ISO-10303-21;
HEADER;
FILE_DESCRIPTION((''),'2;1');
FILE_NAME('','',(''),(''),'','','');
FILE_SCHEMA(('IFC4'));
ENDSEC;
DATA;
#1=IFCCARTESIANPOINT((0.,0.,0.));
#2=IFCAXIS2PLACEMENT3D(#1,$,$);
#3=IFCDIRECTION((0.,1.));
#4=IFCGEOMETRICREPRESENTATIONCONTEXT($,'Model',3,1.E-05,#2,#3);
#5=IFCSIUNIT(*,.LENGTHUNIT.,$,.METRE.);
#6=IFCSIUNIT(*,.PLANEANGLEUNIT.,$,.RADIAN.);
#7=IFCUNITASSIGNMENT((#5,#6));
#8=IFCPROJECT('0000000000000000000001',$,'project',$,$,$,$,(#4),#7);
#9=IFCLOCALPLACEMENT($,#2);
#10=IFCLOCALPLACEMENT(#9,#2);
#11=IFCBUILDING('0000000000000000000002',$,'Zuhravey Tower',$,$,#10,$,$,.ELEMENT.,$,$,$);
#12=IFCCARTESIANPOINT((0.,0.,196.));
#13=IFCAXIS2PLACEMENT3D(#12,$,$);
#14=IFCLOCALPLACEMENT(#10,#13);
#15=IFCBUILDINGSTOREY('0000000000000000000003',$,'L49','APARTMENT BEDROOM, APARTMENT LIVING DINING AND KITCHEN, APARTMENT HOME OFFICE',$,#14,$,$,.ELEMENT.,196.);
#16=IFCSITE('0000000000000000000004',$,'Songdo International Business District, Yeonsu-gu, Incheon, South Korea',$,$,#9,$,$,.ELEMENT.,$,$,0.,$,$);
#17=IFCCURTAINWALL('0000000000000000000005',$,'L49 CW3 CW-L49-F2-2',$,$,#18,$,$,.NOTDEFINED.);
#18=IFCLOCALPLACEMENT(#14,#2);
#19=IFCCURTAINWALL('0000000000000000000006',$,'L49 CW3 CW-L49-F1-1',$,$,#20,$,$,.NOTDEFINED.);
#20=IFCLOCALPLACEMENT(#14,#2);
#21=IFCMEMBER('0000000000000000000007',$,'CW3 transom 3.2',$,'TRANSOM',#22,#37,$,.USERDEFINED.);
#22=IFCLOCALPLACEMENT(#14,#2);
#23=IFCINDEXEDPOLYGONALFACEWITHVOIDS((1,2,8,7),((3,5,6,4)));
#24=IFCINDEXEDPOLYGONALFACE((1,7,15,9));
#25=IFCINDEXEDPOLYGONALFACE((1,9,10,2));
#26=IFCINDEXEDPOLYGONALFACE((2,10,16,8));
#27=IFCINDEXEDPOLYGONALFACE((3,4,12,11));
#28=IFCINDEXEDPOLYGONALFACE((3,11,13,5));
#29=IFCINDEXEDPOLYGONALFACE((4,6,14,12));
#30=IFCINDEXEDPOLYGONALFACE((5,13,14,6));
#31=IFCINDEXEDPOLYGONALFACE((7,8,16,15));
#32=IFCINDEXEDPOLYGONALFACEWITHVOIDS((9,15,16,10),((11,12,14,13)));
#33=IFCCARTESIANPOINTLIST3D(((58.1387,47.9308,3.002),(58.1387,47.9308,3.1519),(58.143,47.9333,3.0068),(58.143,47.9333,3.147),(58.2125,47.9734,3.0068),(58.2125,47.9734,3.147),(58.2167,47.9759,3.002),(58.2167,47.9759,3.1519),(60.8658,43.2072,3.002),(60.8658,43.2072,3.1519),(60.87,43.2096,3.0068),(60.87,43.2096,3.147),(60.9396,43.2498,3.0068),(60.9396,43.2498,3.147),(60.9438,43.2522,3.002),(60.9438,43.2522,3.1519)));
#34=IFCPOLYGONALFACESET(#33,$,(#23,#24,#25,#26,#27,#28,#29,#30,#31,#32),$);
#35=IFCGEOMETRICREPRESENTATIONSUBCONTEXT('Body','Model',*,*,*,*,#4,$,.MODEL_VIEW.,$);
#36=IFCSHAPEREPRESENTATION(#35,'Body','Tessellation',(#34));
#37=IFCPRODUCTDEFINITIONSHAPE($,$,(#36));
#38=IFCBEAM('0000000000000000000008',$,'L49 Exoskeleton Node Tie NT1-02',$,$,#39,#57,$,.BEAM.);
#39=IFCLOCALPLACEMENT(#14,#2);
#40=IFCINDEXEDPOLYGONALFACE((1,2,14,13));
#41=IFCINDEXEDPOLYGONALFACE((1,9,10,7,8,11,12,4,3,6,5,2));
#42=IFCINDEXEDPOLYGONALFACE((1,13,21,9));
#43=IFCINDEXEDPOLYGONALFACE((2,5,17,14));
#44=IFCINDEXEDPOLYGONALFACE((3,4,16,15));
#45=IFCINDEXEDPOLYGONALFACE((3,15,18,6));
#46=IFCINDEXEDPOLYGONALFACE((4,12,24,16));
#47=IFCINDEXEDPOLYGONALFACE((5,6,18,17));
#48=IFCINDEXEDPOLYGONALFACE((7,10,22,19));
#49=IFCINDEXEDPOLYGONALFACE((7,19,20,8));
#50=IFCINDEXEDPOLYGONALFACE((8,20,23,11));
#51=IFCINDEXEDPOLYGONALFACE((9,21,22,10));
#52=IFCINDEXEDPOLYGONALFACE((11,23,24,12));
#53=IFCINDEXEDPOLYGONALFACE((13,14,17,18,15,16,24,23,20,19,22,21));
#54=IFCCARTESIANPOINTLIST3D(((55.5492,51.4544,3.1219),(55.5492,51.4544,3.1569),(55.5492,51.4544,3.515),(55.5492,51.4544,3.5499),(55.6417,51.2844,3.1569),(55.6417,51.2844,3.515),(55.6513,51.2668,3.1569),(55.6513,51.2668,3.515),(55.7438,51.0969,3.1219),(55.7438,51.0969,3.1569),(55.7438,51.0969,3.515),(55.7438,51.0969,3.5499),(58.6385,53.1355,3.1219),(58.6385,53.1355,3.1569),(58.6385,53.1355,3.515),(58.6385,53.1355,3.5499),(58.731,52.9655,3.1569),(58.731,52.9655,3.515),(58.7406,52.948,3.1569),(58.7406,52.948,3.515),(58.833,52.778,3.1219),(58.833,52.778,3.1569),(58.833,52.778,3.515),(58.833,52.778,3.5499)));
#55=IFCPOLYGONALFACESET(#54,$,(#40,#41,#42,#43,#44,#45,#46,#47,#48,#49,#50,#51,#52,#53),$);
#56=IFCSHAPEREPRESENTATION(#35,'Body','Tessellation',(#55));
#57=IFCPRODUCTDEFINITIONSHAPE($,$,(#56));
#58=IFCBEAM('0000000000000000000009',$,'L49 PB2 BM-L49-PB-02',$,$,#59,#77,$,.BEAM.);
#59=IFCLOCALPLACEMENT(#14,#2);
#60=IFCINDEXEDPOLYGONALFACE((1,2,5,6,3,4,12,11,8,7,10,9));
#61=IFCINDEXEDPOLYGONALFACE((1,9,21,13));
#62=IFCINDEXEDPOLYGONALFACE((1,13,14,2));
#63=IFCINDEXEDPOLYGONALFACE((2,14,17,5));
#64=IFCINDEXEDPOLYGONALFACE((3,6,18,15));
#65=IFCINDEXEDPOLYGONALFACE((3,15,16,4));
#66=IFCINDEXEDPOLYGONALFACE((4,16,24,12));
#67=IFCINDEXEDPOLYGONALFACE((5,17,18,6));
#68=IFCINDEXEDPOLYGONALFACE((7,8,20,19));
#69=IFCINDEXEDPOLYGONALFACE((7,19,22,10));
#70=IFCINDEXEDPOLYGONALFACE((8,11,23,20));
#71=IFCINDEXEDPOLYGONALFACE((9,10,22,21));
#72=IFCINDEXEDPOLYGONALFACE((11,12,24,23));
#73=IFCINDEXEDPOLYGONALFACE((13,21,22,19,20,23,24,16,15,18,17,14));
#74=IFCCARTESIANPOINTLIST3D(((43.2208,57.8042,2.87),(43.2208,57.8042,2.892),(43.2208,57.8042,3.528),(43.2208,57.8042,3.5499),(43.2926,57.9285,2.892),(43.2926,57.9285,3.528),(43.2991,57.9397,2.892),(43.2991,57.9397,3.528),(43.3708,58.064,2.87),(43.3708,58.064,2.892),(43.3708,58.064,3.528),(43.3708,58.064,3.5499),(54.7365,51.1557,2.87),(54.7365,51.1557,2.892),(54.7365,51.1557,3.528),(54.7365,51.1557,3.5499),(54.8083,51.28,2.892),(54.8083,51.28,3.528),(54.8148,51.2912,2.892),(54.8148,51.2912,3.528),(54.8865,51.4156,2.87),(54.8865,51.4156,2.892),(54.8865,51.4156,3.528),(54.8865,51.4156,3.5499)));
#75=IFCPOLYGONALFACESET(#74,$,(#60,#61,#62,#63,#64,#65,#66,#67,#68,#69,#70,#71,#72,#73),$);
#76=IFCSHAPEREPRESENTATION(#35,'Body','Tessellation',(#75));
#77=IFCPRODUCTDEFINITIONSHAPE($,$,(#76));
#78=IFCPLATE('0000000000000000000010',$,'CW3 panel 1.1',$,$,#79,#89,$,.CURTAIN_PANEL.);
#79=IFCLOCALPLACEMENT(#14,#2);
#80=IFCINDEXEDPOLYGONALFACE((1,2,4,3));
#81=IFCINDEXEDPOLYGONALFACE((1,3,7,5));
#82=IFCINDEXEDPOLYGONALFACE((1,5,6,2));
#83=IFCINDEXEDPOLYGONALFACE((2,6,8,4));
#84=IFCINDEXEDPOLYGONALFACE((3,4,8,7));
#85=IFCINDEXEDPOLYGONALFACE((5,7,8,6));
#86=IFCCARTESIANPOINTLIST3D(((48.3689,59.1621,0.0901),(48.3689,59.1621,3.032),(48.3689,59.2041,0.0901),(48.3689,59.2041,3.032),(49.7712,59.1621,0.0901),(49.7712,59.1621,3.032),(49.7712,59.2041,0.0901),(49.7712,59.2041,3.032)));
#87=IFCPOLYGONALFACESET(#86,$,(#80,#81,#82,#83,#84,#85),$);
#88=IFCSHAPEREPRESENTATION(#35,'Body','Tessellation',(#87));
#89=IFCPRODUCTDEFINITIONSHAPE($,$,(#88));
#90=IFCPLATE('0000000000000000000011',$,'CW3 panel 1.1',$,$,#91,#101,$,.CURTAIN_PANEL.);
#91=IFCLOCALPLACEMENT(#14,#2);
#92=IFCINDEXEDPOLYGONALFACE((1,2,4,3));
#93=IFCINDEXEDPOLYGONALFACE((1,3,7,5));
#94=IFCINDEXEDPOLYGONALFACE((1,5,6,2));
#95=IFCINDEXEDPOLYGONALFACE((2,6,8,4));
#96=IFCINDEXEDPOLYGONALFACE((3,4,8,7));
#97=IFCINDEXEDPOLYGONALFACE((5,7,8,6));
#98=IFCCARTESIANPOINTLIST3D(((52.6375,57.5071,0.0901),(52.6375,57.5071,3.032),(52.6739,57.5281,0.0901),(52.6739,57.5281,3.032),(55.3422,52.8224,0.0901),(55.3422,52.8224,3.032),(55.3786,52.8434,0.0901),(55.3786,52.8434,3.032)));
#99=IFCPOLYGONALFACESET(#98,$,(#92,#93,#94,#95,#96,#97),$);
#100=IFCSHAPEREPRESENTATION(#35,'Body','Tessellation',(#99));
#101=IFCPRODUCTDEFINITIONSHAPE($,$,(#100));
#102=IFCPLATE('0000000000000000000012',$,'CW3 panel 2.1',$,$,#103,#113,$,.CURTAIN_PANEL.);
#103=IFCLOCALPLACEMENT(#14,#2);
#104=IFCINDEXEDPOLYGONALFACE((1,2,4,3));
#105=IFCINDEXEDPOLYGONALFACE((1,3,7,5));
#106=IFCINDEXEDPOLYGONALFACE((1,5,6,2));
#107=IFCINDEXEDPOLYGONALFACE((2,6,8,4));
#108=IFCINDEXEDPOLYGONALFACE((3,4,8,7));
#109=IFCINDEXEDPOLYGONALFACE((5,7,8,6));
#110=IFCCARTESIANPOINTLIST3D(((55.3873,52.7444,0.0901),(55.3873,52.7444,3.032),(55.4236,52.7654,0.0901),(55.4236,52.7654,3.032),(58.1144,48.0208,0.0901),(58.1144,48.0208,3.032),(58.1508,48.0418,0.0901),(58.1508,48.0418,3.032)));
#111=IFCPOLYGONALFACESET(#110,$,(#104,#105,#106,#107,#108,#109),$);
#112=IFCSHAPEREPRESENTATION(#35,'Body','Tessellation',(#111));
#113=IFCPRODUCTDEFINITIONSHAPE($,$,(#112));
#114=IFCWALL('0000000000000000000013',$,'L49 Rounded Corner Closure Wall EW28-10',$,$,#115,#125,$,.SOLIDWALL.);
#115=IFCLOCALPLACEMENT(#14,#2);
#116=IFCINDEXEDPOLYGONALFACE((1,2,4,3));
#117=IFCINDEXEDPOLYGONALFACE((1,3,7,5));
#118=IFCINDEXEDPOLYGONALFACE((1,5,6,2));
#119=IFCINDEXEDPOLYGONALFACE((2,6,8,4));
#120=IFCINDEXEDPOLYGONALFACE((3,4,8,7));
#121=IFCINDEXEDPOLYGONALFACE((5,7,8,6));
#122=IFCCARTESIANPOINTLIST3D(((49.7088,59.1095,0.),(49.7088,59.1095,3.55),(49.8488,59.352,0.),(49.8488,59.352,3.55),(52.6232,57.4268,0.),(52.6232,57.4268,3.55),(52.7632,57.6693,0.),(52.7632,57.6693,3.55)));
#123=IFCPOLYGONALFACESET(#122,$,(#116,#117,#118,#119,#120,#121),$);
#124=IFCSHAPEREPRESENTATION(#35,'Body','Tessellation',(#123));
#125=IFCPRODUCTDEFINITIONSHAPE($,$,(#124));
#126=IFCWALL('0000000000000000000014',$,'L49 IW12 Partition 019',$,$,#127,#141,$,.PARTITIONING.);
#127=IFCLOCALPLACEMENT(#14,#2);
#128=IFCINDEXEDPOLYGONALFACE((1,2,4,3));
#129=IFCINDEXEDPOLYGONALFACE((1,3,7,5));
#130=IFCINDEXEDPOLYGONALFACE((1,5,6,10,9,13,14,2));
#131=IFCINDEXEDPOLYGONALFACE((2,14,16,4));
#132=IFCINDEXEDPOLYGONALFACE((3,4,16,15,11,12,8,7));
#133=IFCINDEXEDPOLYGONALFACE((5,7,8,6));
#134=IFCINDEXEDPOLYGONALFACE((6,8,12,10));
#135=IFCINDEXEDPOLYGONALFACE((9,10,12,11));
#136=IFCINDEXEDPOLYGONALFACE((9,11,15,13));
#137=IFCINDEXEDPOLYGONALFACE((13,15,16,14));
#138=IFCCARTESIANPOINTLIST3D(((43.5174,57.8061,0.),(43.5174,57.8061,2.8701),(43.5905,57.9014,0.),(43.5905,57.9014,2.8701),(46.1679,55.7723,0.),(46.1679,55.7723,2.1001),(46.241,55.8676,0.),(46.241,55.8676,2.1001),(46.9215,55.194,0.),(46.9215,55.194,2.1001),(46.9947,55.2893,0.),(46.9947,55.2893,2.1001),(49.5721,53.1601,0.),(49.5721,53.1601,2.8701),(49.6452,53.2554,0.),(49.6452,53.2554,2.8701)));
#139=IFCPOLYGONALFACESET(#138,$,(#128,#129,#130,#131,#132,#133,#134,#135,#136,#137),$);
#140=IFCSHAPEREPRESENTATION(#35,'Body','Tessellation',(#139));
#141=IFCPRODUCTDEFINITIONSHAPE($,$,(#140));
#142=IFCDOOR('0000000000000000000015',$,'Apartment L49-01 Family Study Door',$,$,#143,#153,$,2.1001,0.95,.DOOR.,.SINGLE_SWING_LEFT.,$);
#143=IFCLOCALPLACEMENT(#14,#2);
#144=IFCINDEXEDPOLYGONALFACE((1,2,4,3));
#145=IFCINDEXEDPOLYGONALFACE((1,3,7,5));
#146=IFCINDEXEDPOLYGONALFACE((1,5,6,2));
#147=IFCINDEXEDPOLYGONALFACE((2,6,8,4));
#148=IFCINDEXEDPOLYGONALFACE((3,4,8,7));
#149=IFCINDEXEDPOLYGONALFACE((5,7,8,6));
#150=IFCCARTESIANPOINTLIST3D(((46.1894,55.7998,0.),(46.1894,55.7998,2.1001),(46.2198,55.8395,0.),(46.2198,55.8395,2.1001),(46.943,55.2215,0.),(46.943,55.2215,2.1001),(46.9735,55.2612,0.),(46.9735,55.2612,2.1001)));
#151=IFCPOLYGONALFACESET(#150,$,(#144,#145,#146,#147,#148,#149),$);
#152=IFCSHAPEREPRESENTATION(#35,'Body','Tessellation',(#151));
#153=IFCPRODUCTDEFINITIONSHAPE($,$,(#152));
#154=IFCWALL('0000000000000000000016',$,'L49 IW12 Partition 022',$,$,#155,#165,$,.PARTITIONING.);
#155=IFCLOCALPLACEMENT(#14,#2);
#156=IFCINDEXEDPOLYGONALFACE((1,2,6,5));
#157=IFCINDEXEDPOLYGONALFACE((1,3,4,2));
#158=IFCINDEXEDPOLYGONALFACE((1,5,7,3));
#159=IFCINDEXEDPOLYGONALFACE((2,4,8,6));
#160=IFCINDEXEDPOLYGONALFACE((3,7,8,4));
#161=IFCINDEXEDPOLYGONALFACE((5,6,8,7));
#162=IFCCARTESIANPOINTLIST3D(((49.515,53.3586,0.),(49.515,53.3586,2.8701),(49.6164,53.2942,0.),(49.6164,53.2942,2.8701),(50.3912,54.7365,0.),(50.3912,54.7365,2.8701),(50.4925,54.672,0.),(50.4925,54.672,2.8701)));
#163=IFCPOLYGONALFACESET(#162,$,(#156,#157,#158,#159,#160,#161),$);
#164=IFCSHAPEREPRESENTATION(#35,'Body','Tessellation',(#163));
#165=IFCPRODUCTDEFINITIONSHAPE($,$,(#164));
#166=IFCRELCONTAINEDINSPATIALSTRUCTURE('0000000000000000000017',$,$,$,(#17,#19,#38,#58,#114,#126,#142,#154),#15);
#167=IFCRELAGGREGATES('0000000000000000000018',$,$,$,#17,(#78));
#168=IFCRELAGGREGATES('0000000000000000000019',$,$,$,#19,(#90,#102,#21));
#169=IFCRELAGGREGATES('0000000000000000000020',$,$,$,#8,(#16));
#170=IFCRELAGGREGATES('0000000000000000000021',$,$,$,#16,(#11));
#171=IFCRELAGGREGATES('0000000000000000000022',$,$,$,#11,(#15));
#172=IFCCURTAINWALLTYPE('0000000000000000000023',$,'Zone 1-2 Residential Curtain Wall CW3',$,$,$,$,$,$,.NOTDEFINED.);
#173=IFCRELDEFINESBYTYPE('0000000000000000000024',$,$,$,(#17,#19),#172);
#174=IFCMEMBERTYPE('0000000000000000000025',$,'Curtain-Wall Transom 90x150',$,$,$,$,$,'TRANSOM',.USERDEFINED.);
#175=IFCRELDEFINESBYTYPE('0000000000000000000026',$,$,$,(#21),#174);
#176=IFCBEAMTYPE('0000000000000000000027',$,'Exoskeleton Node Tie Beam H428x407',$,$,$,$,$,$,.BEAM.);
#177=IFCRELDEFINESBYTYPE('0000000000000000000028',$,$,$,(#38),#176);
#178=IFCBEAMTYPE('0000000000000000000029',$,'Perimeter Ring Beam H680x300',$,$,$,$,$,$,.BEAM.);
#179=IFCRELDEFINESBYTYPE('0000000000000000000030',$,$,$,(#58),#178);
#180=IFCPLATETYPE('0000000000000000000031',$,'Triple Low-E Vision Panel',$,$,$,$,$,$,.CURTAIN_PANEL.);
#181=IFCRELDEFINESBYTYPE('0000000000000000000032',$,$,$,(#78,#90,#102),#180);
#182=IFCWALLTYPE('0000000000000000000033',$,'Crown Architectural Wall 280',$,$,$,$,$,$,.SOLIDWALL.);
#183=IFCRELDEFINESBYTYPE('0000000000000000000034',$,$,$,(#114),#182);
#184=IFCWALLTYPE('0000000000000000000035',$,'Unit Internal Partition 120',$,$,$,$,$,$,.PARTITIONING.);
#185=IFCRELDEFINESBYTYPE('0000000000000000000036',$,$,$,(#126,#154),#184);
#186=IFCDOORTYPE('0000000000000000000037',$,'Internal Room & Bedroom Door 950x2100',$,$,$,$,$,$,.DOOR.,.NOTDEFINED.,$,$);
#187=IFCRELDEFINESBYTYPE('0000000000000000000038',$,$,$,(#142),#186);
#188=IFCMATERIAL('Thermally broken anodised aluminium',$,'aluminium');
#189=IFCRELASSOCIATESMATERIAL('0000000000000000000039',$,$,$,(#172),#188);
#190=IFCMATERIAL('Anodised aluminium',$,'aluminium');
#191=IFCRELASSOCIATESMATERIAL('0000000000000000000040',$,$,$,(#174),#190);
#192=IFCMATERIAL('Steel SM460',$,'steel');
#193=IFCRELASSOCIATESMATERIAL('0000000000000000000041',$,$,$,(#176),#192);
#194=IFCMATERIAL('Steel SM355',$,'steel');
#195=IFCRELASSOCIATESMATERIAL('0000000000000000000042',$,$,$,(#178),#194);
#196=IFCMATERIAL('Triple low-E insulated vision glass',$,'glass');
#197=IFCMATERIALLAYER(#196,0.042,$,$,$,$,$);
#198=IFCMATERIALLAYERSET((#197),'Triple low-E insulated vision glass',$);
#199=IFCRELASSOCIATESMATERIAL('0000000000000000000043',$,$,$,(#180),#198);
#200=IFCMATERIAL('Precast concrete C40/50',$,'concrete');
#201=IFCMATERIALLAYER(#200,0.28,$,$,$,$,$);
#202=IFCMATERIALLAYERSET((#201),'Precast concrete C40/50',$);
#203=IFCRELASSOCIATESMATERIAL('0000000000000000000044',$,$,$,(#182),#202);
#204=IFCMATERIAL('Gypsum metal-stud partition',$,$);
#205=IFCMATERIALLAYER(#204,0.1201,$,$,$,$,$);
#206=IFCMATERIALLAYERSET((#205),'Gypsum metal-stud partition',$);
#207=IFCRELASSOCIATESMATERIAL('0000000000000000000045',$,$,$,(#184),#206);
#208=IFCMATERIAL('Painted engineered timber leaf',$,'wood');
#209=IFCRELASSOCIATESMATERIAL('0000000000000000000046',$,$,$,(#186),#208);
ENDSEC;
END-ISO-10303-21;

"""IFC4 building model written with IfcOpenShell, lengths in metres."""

from ifc_helpers import new_model, si_unit, direction, frame, frame_2d, origin, origin_2d, place, context, subcontext, project, spatial, rectangle, hollow_rectangle, i_section, extrude, material, layer, layer_set, material_profile, profile_set, type_object, element, fill, aggregate, save


model = new_model("IFC4")

# Units and contexts
model_context = context("Model", 3, precision=1e-05, world=origin(), true_north=direction((0.0, 1.0)))
body_context = subcontext(model_context, "Body", "Model", "MODEL_VIEW")
ifc_project = project(units=[si_unit("LENGTHUNIT", "METRE"), si_unit("PLANEANGLEUNIT", "RADIAN")], contexts=[model_context])

# Site, building, storey
site_placement = place(None, origin())
site = spatial("IfcSite", under=ifc_project, at=site_placement, Name="Songdo International Business District, Yeonsu-gu, Incheon, South Korea", CompositionType="ELEMENT", RefElevation=0.0)
building_placement = place(site_placement, origin())
building = spatial("IfcBuilding", under=site, at=building_placement, Name="Zuhravey Tower", CompositionType="ELEMENT")
storey_placement = place(building_placement, frame((0.0, 0.0, 196.0)))
storey = spatial("IfcBuildingStorey", under=building, at=storey_placement, Name="L49", Description="APARTMENT BEDROOM, APARTMENT LIVING DINING AND KITCHEN, APARTMENT HOME OFFICE", CompositionType="ELEMENT", Elevation=196.0)

# Curtain wall
ifc_material_1 = material(Name="Thermally broken anodised aluminium", Category="aluminium")
curtain_wall_type = type_object("IfcCurtainWallType", Name="Zone 1-2 Residential Curtain Wall CW3", PredefinedType="NOTDEFINED", material=ifc_material_1)
curtain_wall_1_placement = place(storey_placement, origin())
curtain_wall_1 = element("IfcCurtainWall", 1, at=curtain_wall_1_placement, inside=storey, type_object=curtain_wall_type, Name="L49 CW3 CW-L49-F2-2", PredefinedType="NOTDEFINED")
ifc_material_2 = material(Name="Anodised aluminium", Category="aluminium")

# Curtain wall
curtain_wall_2_placement = place(storey_placement, origin())
curtain_wall_2 = element("IfcCurtainWall", 2, at=curtain_wall_2_placement, inside=storey, type_object=curtain_wall_type, Name="L49 CW3 CW-L49-F1-1", PredefinedType="NOTDEFINED")

# Member
ifc_material_profile_1 = material_profile(ifc_material_2, hollow_rectangle(XDim=0.0901, YDim=0.1499, WallThickness=0.0049, at=origin_2d()), Name="ALU-RHS-90x150x5")
ifc_profile_set_1 = profile_set([ifc_material_profile_1], Name="Anodised aluminium")
member_type_1 = type_object("IfcMemberType", Name="Curtain-Wall Transom 90x150", ElementType="TRANSOM", PredefinedType="USERDEFINED", material=ifc_profile_set_1)
member_1_placement = place(storey_placement, frame((58.1777, 47.9534, 3.0769), z_axis=(0.499981, -0.866037, 0.0), x_axis=(0.866037, 0.499981, 0.0)))
member_1 = element("IfcMember", 3, at=member_1_placement, type_object=member_type_1, Name="CW3 transom 3.2", ObjectType="TRANSOM", PredefinedType="USERDEFINED", context=body_context, shape_type="SweptSolid", body=[
    extrude(hollow_rectangle(XDim=0.0901, YDim=0.1499, WallThickness=0.0049, at=origin_2d()), origin(), (0.0, 0.0, 1.0), 5.4543),
])

# Beams
ifc_material_3 = material(Name="Steel SM460", Category="steel")
ifc_material_profile_2 = material_profile(ifc_material_3, i_section(OverallWidth=0.407, OverallDepth=0.428, WebThickness=0.02, FlangeThickness=0.0349, at=origin_2d()), Name="H-428x407x20x35")
ifc_profile_set_2 = profile_set([ifc_material_profile_2], Name="Steel SM460")
beam_type_1 = type_object("IfcBeamType", Name="Exoskeleton Node Tie Beam H428x407", PredefinedType="BEAM", material=ifc_profile_set_2)
beam_1_placement = place(storey_placement, frame((55.6465, 51.2756, 3.3359), z_axis=(0.878367, 0.477986, 0.0), x_axis=(-0.477986, 0.878367, 0.0)))
element("IfcBeam", 4, at=beam_1_placement, inside=storey, type_object=beam_type_1, Name="L49 Exoskeleton Node Tie NT1-02", PredefinedType="BEAM", context=body_context, shape_type="SweptSolid", body=[
    extrude(i_section(OverallWidth=0.407, OverallDepth=0.428, WebThickness=0.02, FlangeThickness=0.0349, at=origin_2d()), origin(), (0.0, 0.0, 1.0), 3.5171),
])
ifc_material_4 = material(Name="Steel SM355", Category="steel")
ifc_material_profile_3 = material_profile(ifc_material_4, i_section(OverallWidth=0.3, OverallDepth=0.6799, WebThickness=0.0129, FlangeThickness=0.022, at=origin_2d()), Name="H-680x300x13x22")
ifc_profile_set_3 = profile_set([ifc_material_profile_3], Name="Steel SM355")
beam_type_2 = type_object("IfcBeamType", Name="Perimeter Ring Beam H680x300", PredefinedType="BEAM", material=ifc_profile_set_3)
beam_2_placement = place(storey_placement, frame((54.8115, 51.2856, 3.21), z_axis=(-0.866029, 0.499994, 0.0), x_axis=(-0.499994, -0.866029, 0.0)))
element("IfcBeam", 5, at=beam_2_placement, inside=storey, type_object=beam_type_2, Name="L49 PB2 BM-L49-PB-02", PredefinedType="BEAM", context=body_context, shape_type="SweptSolid", body=[
    extrude(i_section(OverallWidth=0.3, OverallDepth=0.6799, WebThickness=0.0129, FlangeThickness=0.022, at=origin_2d()), origin(), (0.0, 0.0, 1.0), 13.2971),
])

# Plates
ifc_material_5 = material(Name="Triple low-E insulated vision glass", Category="glass")
ifc_layer_1 = layer(ifc_material_5, 0.042)
ifc_layer_set_1 = layer_set([ifc_layer_1], Name="Triple low-E insulated vision glass")
plate_type = type_object("IfcPlateType", Name="Triple Low-E Vision Panel", PredefinedType="CURTAIN_PANEL", material=ifc_layer_set_1)
plate_1_placement = place(storey_placement, frame((49.0701, 59.1831, 0.0901), z_axis=(0.0, 0.0, 1.0), x_axis=(1.0, 0.0, 0.0)))
plate_1 = element("IfcPlate", 6, at=plate_1_placement, type_object=plate_type, Name="CW3 panel 1.1", PredefinedType="CURTAIN_PANEL", context=body_context, shape_type="SweptSolid", body=[
    extrude(rectangle(XDim=1.4023, YDim=0.042, at=origin_2d()), origin(), (0.0, 0.0, 1.0), 2.9419),
])
aggregate(curtain_wall_1, [plate_1])
plate_2_placement = place(storey_placement, frame((54.0081, 55.1753, 0.0901), z_axis=(0.0, 0.0, 1.0), x_axis=(0.5, -0.866025, 0.0)))
plate_2 = element("IfcPlate", 7, at=plate_2_placement, type_object=plate_type, Name="CW3 panel 1.1", PredefinedType="CURTAIN_PANEL", context=body_context, shape_type="SweptSolid", body=[
    extrude(rectangle(XDim=5.4094, YDim=0.042, at=origin_2d()), origin(), (0.0, 0.0, 1.0), 2.9419),
])
plate_3_placement = place(storey_placement, frame((56.769, 50.3931, 0.0901), z_axis=(0.0, 0.0, 1.0), x_axis=(0.5, -0.866025, 0.0)))
plate_3 = element("IfcPlate", 8, at=plate_3_placement, type_object=plate_type, Name="CW3 panel 2.1", PredefinedType="CURTAIN_PANEL", context=body_context, shape_type="SweptSolid", body=[
    extrude(rectangle(XDim=5.4543, YDim=0.042, at=origin_2d()), origin(), (0.0, 0.0, 1.0), 2.9419),
])
aggregate(curtain_wall_2, [plate_2, plate_3, member_1])

# Wall
ifc_material_6 = material(Name="Precast concrete C40/50", Category="concrete")
ifc_layer_2 = layer(ifc_material_6, 0.28)
ifc_layer_set_2 = layer_set([ifc_layer_2], Name="Precast concrete C40/50")
wall_type_1 = type_object("IfcWallType", Name="Crown Architectural Wall 280", PredefinedType="SOLIDWALL", material=ifc_layer_set_2)
wall_1_placement = place(storey_placement, frame((49.7788, 59.2307, 0.0), z_axis=(0.0, 0.0, 1.0), x_axis=(0.86602, -0.500009, 0.0)))
element("IfcWall", 9, at=wall_1_placement, inside=storey, type_object=wall_type_1, Name="L49 Rounded Corner Closure Wall EW28-10", PredefinedType="SOLIDWALL", context=body_context, shape_type="SweptSolid", body=[
    extrude(rectangle(XDim=3.3652, YDim=0.28, at=frame_2d((1.6826, 0.0))), origin(), (0.0, 0.0, 1.0), 3.55),
])

# Wall, opening, door
ifc_material_7 = material(Name="Gypsum metal-stud partition")
ifc_layer_3 = layer(ifc_material_7, 0.1201)
ifc_layer_set_3 = layer_set([ifc_layer_3], Name="Gypsum metal-stud partition")
wall_type_2 = type_object("IfcWallType", Name="Unit Internal Partition 120", PredefinedType="PARTITIONING", material=ifc_layer_set_3)
wall_2_placement = place(storey_placement, frame((49.6086, 53.2078, 0.0), z_axis=(0.0, 0.0, 1.0), x_axis=(-0.793349, 0.608767, 0.0)))
wall_2 = element("IfcWall", 10, at=wall_2_placement, inside=storey, type_object=wall_type_2, Name="L49 IW12 Partition 019", PredefinedType="PARTITIONING", context=body_context, shape_type="SweptSolid", body=[
    extrude(rectangle(XDim=7.6318, YDim=0.1201, at=frame_2d((3.8159, 0.0))), origin(), (0.0, 0.0, 1.0), 2.8701),
])
opening_1_placement = place(wall_2_placement, frame((3.3408, 0.0, 0.0)))
opening_1 = element("IfcOpeningElement", 11, at=opening_1_placement, cuts=wall_2, PredefinedType="OPENING", context=body_context, shape_type="SweptSolid", body=[
    extrude(rectangle(XDim=0.95, YDim=2.1001, at=frame_2d((0.4751, 1.05))), frame((0.0, 0.072, 0.0), z_axis=(0.0, -1.0, 0.0), x_axis=(1.0, 0.0, 0.0)), (0.0, 0.0, 1.0), 0.144),
])
ifc_material_8 = material(Name="Painted engineered timber leaf", Category="wood")
door_type = type_object("IfcDoorType", Name="Internal Room & Bedroom Door 950x2100", OperationType="NOTDEFINED", PredefinedType="DOOR", material=ifc_material_8)
door_1_placement = place(opening_1_placement, frame((0.95, 0.0, 0.0), z_axis=(0.0, 0.0, 1.0), x_axis=(-1.0, 0.0, 0.0)))
door_1 = element("IfcDoor", 12, at=door_1_placement, inside=storey, type_object=door_type, Name="Apartment L49-01 Family Study Door", OperationType="SINGLE_SWING_LEFT", OverallHeight=2.1001, OverallWidth=0.95, PredefinedType="DOOR", context=body_context, shape_type="SweptSolid", body=[
    extrude(rectangle(XDim=0.95, YDim=2.1001, at=frame_2d((0.4751, 1.05))), frame((0.0, 0.0249, 0.0), z_axis=(0.0, -1.0, 0.0), x_axis=(1.0, 0.0, 0.0)), (0.0, 0.0, 1.0), 0.05),
])
fill(opening_1, door_1)

# Wall
wall_3_placement = place(storey_placement, frame((49.5657, 53.3264, 0.0), z_axis=(0.0, 0.0, 1.0), x_axis=(0.536595, 0.84384, 0.0)))
element("IfcWall", 13, at=wall_3_placement, inside=storey, type_object=wall_type_2, Name="L49 IW12 Partition 022", PredefinedType="PARTITIONING", context=body_context, shape_type="SweptSolid", body=[
    extrude(rectangle(XDim=1.6328, YDim=0.1201, at=frame_2d((0.8164, 0.0))), origin(), (0.0, 0.0, 1.0), 2.8701),
])

save(model, "model.ifc")
